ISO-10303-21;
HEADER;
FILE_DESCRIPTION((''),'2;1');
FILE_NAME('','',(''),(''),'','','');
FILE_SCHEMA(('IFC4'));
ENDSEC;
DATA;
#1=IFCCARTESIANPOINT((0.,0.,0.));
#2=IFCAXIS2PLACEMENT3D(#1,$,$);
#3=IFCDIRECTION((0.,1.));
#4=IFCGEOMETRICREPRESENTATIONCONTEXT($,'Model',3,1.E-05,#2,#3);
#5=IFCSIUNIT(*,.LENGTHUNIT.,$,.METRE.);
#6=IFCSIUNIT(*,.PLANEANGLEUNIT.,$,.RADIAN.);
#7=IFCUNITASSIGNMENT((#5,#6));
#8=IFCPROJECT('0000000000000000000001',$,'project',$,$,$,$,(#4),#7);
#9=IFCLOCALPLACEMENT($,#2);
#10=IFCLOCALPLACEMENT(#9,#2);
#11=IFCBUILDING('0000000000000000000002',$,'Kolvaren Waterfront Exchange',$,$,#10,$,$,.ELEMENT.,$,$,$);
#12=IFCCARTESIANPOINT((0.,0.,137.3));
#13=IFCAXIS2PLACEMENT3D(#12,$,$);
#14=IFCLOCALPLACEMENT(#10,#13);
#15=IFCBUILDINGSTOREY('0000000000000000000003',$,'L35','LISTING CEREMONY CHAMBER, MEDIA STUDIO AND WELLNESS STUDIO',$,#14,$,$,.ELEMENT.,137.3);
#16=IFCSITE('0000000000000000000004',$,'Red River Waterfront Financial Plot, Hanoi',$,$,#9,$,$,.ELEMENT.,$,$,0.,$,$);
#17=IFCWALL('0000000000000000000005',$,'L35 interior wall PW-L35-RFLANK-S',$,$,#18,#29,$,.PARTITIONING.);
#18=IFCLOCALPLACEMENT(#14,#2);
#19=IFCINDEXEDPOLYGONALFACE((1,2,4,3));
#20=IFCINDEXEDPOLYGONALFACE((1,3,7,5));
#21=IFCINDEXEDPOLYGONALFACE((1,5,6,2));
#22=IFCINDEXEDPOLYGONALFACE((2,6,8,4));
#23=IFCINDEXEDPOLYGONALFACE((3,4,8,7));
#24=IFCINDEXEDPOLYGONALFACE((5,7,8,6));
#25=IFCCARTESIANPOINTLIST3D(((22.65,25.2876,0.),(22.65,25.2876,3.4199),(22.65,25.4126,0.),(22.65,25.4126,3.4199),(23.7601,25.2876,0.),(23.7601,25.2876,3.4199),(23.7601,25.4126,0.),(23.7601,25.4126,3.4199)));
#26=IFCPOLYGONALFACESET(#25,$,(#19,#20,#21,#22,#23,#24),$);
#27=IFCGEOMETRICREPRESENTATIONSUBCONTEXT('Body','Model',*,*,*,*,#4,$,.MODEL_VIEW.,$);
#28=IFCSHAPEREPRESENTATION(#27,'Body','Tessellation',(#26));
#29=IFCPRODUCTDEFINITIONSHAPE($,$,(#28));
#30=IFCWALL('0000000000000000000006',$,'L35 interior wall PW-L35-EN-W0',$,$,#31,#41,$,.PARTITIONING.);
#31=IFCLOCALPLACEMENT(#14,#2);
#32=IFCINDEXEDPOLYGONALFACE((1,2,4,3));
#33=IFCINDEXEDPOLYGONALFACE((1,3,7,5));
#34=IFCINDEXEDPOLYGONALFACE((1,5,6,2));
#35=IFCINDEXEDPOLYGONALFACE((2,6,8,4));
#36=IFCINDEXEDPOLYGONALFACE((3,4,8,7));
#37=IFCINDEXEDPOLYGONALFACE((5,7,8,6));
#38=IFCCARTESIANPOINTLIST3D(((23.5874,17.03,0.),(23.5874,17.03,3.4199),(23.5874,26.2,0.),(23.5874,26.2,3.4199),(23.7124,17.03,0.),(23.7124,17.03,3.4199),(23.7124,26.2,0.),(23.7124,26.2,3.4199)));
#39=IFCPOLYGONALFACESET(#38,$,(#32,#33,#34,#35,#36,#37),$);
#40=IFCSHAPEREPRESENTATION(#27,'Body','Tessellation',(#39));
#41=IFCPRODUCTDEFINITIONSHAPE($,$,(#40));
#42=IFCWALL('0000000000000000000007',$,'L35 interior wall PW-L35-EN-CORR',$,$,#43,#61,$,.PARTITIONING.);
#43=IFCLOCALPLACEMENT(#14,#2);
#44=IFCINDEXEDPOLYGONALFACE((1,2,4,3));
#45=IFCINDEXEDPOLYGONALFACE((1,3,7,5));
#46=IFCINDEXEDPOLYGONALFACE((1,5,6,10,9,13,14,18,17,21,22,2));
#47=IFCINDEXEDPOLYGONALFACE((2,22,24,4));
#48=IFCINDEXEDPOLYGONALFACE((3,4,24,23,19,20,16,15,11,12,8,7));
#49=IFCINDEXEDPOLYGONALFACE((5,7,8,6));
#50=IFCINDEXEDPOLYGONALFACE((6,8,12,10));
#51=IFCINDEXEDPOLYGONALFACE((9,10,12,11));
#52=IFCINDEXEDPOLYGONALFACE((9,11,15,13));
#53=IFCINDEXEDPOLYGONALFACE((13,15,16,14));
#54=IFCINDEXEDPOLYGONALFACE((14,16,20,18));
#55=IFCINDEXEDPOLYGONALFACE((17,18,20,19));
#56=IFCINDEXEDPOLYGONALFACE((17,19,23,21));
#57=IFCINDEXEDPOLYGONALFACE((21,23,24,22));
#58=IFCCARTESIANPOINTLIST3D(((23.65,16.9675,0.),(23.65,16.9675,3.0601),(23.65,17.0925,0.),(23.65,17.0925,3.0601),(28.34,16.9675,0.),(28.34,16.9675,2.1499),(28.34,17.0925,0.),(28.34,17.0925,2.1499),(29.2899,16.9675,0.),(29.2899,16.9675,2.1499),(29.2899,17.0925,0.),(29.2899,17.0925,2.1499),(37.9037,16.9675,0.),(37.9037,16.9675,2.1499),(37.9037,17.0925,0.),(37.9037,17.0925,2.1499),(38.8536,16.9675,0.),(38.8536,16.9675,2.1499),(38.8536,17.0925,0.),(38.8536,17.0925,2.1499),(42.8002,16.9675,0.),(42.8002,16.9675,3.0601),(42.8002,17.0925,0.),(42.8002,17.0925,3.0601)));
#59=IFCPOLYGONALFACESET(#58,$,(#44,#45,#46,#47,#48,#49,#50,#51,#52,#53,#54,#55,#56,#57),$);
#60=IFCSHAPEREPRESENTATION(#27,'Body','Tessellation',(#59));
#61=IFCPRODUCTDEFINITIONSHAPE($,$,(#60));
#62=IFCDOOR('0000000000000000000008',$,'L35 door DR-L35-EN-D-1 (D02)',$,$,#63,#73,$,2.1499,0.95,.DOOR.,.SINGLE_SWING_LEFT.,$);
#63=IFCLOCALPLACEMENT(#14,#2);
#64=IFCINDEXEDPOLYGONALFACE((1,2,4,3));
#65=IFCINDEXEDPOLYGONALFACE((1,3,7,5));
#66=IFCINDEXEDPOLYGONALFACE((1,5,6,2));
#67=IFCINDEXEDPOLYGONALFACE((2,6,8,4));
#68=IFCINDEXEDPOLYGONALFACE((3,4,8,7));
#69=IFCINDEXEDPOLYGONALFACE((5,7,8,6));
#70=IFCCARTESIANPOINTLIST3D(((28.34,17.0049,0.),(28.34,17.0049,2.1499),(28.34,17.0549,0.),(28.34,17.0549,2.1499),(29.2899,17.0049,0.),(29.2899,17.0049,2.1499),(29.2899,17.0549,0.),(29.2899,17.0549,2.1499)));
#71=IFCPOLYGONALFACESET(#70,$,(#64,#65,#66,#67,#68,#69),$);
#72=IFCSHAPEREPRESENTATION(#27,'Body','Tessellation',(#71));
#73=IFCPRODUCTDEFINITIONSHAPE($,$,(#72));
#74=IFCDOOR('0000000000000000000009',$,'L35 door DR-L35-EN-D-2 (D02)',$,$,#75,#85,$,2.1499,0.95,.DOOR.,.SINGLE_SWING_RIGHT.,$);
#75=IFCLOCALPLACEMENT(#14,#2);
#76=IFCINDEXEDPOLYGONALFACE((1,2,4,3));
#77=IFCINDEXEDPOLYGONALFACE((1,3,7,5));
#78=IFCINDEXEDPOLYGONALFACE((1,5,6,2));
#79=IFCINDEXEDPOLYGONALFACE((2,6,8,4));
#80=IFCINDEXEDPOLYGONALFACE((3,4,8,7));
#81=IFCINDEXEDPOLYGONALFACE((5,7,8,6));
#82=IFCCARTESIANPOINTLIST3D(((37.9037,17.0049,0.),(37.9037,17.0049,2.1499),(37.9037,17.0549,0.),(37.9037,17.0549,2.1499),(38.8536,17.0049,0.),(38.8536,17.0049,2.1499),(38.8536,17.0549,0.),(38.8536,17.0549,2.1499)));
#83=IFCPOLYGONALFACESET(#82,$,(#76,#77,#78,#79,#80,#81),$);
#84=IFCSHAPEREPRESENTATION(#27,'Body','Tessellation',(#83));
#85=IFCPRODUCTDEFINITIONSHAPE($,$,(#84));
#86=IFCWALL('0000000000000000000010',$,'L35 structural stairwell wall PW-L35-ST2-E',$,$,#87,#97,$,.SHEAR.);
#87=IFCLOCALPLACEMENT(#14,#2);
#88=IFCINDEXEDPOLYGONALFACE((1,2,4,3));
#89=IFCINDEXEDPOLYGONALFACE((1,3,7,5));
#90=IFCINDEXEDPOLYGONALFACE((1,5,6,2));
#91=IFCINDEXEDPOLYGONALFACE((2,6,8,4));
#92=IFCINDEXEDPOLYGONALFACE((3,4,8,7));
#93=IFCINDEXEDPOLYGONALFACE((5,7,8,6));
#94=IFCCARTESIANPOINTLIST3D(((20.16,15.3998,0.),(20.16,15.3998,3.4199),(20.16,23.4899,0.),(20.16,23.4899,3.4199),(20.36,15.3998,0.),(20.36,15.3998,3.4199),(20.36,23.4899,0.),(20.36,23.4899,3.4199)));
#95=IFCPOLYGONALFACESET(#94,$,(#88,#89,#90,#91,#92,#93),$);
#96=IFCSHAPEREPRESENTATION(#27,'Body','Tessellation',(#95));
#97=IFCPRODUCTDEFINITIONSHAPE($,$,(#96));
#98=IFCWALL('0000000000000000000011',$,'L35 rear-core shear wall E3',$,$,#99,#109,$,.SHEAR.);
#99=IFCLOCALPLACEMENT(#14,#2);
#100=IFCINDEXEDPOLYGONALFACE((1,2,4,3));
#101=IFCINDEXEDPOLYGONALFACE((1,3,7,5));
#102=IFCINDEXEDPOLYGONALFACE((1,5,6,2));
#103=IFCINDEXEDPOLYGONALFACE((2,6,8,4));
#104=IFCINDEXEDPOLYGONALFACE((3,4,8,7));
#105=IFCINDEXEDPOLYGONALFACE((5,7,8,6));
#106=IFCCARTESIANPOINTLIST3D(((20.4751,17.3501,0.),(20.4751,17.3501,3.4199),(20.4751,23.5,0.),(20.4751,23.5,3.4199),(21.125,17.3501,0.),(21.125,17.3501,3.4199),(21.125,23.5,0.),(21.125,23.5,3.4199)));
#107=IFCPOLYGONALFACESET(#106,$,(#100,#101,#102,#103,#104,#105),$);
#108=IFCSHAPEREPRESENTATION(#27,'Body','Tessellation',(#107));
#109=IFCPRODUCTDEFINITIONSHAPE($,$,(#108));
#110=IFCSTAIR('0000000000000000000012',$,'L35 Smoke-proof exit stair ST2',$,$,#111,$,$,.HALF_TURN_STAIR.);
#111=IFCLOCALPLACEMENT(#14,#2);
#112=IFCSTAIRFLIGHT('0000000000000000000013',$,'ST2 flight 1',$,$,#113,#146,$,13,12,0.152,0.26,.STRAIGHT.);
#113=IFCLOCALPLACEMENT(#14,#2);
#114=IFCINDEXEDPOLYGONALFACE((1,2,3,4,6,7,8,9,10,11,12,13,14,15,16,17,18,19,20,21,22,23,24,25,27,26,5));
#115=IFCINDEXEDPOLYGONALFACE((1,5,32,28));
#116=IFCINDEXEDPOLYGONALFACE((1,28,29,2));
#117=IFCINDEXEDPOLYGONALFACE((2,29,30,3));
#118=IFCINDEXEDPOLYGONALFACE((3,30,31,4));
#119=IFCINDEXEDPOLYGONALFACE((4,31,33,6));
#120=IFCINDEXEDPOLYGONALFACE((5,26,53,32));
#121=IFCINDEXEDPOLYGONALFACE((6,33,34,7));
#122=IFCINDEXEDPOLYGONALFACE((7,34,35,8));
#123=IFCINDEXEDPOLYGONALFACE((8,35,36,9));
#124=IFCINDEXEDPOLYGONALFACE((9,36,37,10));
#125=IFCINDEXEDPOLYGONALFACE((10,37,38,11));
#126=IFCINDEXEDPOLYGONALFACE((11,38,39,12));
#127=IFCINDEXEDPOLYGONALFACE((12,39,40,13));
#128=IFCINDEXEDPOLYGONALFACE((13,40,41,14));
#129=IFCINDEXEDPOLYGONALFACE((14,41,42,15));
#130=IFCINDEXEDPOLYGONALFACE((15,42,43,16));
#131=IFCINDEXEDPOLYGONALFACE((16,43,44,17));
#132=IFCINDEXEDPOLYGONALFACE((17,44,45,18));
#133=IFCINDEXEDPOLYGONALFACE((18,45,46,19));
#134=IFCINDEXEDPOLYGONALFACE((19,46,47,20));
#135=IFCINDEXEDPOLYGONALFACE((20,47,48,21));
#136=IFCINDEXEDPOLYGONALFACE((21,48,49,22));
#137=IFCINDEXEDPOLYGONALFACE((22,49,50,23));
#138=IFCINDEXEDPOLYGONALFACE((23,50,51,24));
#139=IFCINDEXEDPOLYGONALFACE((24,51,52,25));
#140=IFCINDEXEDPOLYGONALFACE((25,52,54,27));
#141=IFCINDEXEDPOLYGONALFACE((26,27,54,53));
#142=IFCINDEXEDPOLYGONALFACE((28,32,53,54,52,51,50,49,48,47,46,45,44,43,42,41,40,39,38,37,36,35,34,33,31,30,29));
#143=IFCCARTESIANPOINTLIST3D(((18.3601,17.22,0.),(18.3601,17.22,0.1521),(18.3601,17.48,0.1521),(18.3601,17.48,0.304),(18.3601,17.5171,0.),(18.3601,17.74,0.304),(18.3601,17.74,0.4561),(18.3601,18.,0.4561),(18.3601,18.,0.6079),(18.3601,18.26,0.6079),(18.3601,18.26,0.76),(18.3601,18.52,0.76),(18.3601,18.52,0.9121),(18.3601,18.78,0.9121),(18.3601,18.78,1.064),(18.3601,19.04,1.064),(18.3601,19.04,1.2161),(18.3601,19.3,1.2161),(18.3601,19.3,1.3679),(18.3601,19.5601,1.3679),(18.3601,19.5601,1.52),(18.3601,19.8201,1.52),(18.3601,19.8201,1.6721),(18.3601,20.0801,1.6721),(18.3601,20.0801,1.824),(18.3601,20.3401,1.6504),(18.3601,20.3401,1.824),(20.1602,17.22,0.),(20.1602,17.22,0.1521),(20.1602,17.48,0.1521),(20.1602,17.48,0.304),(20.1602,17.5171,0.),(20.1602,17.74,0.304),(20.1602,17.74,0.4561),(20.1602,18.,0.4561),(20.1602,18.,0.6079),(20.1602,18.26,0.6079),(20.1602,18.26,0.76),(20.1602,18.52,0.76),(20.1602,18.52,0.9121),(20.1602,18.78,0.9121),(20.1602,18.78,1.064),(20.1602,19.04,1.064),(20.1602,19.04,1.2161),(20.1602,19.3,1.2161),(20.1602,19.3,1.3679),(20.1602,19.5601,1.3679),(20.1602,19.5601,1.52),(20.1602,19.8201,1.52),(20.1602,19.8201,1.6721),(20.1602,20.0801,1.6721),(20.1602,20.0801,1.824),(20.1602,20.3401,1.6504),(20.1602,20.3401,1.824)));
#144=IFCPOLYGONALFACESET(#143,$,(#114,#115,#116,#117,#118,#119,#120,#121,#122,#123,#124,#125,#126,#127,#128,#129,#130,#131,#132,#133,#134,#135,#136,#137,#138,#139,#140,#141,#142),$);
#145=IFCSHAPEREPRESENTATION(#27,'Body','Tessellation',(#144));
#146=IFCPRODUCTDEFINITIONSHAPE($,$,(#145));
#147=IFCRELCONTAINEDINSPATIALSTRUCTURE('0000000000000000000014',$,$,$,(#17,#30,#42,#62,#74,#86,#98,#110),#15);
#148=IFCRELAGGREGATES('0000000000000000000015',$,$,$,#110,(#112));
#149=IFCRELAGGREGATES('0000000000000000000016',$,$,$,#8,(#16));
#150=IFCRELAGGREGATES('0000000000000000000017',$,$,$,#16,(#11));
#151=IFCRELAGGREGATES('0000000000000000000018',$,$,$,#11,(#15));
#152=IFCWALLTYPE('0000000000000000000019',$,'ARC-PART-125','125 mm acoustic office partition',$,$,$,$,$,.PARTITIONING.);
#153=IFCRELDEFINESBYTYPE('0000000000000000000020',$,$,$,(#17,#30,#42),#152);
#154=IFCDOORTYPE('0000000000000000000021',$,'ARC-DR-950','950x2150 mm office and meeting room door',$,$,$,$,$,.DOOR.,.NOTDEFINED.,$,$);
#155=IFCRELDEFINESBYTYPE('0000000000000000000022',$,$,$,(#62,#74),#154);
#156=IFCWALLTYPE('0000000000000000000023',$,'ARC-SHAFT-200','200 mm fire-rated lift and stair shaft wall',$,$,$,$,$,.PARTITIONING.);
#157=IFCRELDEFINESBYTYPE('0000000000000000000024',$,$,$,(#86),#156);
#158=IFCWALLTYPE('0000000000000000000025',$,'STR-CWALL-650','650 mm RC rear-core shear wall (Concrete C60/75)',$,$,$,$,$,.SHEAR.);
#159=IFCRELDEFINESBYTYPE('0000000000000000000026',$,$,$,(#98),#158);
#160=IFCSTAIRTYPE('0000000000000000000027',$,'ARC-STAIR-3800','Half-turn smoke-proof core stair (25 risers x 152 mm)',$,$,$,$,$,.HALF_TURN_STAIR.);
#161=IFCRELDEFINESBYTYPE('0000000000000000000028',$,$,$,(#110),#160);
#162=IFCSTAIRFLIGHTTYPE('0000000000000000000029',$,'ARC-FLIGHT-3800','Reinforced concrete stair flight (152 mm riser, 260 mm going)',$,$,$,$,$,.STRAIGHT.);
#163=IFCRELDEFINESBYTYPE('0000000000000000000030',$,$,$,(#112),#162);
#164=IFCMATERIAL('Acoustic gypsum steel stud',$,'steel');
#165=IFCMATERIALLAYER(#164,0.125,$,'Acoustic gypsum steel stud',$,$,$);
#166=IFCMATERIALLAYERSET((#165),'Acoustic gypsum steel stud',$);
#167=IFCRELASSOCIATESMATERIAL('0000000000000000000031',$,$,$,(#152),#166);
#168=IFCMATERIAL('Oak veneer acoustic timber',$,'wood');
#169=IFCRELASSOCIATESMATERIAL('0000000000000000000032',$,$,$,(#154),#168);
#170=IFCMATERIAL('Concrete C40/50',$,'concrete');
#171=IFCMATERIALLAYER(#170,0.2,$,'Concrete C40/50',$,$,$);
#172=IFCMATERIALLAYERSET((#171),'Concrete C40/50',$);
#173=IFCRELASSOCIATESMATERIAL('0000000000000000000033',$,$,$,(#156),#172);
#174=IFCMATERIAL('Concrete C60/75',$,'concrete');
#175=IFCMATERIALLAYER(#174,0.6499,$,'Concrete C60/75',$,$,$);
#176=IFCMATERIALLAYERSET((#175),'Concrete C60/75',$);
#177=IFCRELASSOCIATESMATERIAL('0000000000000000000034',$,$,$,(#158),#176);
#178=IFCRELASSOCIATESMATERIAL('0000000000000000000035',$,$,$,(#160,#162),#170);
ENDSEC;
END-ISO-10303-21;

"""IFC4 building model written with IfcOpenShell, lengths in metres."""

from ifc_helpers import new_model, si_unit, direction, frame, frame_2d, origin, place, context, subcontext, project, spatial, polyline, rectangle, outline, extrude, material, layer, layer_set, type_object, element, fill, aggregate, save


model = new_model("IFC4")

# Units and contexts
model_context = context("Model", 3, precision=1e-05, world=origin(), true_north=direction((0.0, 1.0)))
body_context = subcontext(model_context, "Body", "Model", "MODEL_VIEW")
ifc_project = project(units=[si_unit("LENGTHUNIT", "METRE"), si_unit("PLANEANGLEUNIT", "RADIAN")], contexts=[model_context])

# Site, building, storey
site_placement = place(None, origin())
site = spatial("IfcSite", under=ifc_project, at=site_placement, Name="Red River Waterfront Financial Plot, Hanoi", CompositionType="ELEMENT", RefElevation=0.0)
building_placement = place(site_placement, origin())
building = spatial("IfcBuilding", under=site, at=building_placement, Name="Kolvaren Waterfront Exchange", CompositionType="ELEMENT")
storey_placement = place(building_placement, frame((0.0, 0.0, 137.3)))
storey = spatial("IfcBuildingStorey", under=building, at=storey_placement, Name="L35", Description="LISTING CEREMONY CHAMBER, MEDIA STUDIO AND WELLNESS STUDIO", CompositionType="ELEMENT", Elevation=137.3)

# Shared definitions
ifc_material_1 = material(Name="Concrete C60/75", Category="concrete")

# Shared definitions
ifc_material_2 = material(Name="Acoustic gypsum steel stud", Category="steel")
ifc_layer_1 = layer(ifc_material_2, 0.125, Name="Acoustic gypsum steel stud")
ifc_layer_set_1 = layer_set([ifc_layer_1], Name="Acoustic gypsum steel stud")
wall_type_1 = type_object("IfcWallType", Name="ARC-PART-125", Description="125 mm acoustic office partition", PredefinedType="PARTITIONING", material=ifc_layer_set_1)
ifc_material_3 = material(Name="Oak veneer acoustic timber", Category="wood")
door_type_1 = type_object("IfcDoorType", Name="ARC-DR-950", Description="950x2150 mm office and meeting room door", OperationType="NOTDEFINED", PredefinedType="DOOR", material=ifc_material_3)

# Walls
wall_1_placement = place(storey_placement, frame((22.6499, 25.3501, 0.0), z_axis=(0.0, 0.0, 1.0), x_axis=(1.0, 0.0, 0.0)))
element("IfcWall", 1, at=wall_1_placement, inside=storey, type_object=wall_type_1, Name="L35 interior wall PW-L35-RFLANK-S", PredefinedType="PARTITIONING", context=body_context, shape_type="SweptSolid", body=[
    extrude(rectangle(XDim=1.1101, YDim=0.125, at=frame_2d((0.5552, 0.0))), origin(), (0.0, 0.0, 1.0), 3.4199),
])
wall_2_placement = place(storey_placement, frame((23.6499, 17.03, 0.0), z_axis=(0.0, 0.0, 1.0), x_axis=(0.0, 1.0, 0.0)))
element("IfcWall", 2, at=wall_2_placement, inside=storey, type_object=wall_type_1, Name="L35 interior wall PW-L35-EN-W0", PredefinedType="PARTITIONING", context=body_context, shape_type="SweptSolid", body=[
    extrude(rectangle(XDim=9.1699, YDim=0.125, at=frame_2d((4.585, 0.0))), origin(), (0.0, 0.0, 1.0), 3.4199),
])

# Wall, openings, doors
wall_3_placement = place(storey_placement, frame((23.6499, 17.03, 0.0), z_axis=(0.0, 0.0, 1.0), x_axis=(1.0, 0.0, 0.0)))
wall_3 = element("IfcWall", 3, at=wall_3_placement, inside=storey, type_object=wall_type_1, Name="L35 interior wall PW-L35-EN-CORR", PredefinedType="PARTITIONING", context=body_context, shape_type="SweptSolid", body=[
    extrude(rectangle(XDim=19.1501, YDim=0.125, at=frame_2d((9.5752, 0.0))), origin(), (0.0, 0.0, 1.0), 3.0601),
])
opening_1_placement = place(wall_3_placement, frame((4.6899, 0.0, 0.0)))
opening_1 = element("IfcOpeningElement", 4, at=opening_1_placement, cuts=wall_3, PredefinedType="OPENING", context=body_context, shape_type="SweptSolid", body=[
    extrude(rectangle(XDim=0.95, YDim=2.1499, at=frame_2d((0.4751, 1.075))), frame((0.0, 0.0725, 0.0), z_axis=(0.0, -1.0, 0.0), x_axis=(1.0, 0.0, 0.0)), (0.0, 0.0, 1.0), 0.145),
])
opening_2_placement = place(wall_3_placement, frame((14.2537, 0.0, 0.0)))
opening_2 = element("IfcOpeningElement", 5, at=opening_2_placement, cuts=wall_3, PredefinedType="OPENING", context=body_context, shape_type="SweptSolid", body=[
    extrude(rectangle(XDim=0.95, YDim=2.1499, at=frame_2d((0.4751, 1.075))), frame((0.0, 0.0725, 0.0), z_axis=(0.0, -1.0, 0.0), x_axis=(1.0, 0.0, 0.0)), (0.0, 0.0, 1.0), 0.145),
])
door_1_placement = place(opening_1_placement, origin())
door_1 = element("IfcDoor", 6, at=door_1_placement, inside=storey, type_object=door_type_1, Name="L35 door DR-L35-EN-D-1 (D02)", OperationType="SINGLE_SWING_LEFT", OverallHeight=2.1499, OverallWidth=0.95, PredefinedType="DOOR", context=body_context, shape_type="SweptSolid", body=[
    extrude(rectangle(XDim=0.95, YDim=2.1499, at=frame_2d((0.4751, 1.075))), frame((0.0, 0.0249, 0.0), z_axis=(0.0, -1.0, 0.0), x_axis=(1.0, 0.0, 0.0)), (0.0, 0.0, 1.0), 0.05),
])
fill(opening_1, door_1)
door_2_placement = place(opening_2_placement, origin())
door_2 = element("IfcDoor", 7, at=door_2_placement, inside=storey, type_object=door_type_1, Name="L35 door DR-L35-EN-D-2 (D02)", OperationType="SINGLE_SWING_RIGHT", OverallHeight=2.1499, OverallWidth=0.95, PredefinedType="DOOR", context=body_context, shape_type="SweptSolid", body=[
    extrude(rectangle(XDim=0.95, YDim=2.1499, at=frame_2d((0.4751, 1.075))), frame((0.0, 0.0249, 0.0), z_axis=(0.0, -1.0, 0.0), x_axis=(1.0, 0.0, 0.0)), (0.0, 0.0, 1.0), 0.05),
])
fill(opening_2, door_2)

# Walls
ifc_material_4 = material(Name="Concrete C40/50", Category="concrete")
ifc_layer_2 = layer(ifc_material_4, 0.2, Name="Concrete C40/50")
ifc_layer_set_2 = layer_set([ifc_layer_2], Name="Concrete C40/50")
wall_type_2 = type_object("IfcWallType", Name="ARC-SHAFT-200", Description="200 mm fire-rated lift and stair shaft wall", PredefinedType="PARTITIONING", material=ifc_layer_set_2)
wall_4_placement = place(storey_placement, frame((20.26, 15.3999, 0.0), z_axis=(0.0, 0.0, 1.0), x_axis=(0.0, 1.0, 0.0)))
element("IfcWall", 8, at=wall_4_placement, inside=storey, type_object=wall_type_2, Name="L35 structural stairwell wall PW-L35-ST2-E", PredefinedType="SHEAR", context=body_context, shape_type="SweptSolid", body=[
    extrude(rectangle(XDim=8.0901, YDim=0.2, at=frame_2d((4.0449, 0.0))), origin(), (0.0, 0.0, 1.0), 3.4199),
])
ifc_layer_3 = layer(ifc_material_1, 0.6499, Name="Concrete C60/75")
ifc_layer_set_3 = layer_set([ifc_layer_3], Name="Concrete C60/75")
wall_type_3 = type_object("IfcWallType", Name="STR-CWALL-650", Description="650 mm RC rear-core shear wall (Concrete C60/75)", PredefinedType="SHEAR", material=ifc_layer_set_3)
wall_5_placement = place(storey_placement, frame((20.8, 17.3501, 0.0), z_axis=(0.0, 0.0, 1.0), x_axis=(0.0, 1.0, 0.0)))
element("IfcWall", 9, at=wall_5_placement, inside=storey, type_object=wall_type_3, Name="L35 rear-core shear wall E3", PredefinedType="SHEAR", context=body_context, shape_type="SweptSolid", body=[
    extrude(rectangle(XDim=6.1499, YDim=0.6499, at=frame_2d((3.075, 0.0))), origin(), (0.0, 0.0, 1.0), 3.4199),
])

# Stair, stair flight
stair_type = type_object("IfcStairType", Name="ARC-STAIR-3800", Description="Half-turn smoke-proof core stair (25 risers x 152 mm)", PredefinedType="HALF_TURN_STAIR", material=ifc_material_4)
stair_placement = place(storey_placement, origin())
stair = element("IfcStair", 10, at=stair_placement, inside=storey, type_object=stair_type, Name="L35 Smoke-proof exit stair ST2", PredefinedType="HALF_TURN_STAIR")
stair_flight_type = type_object("IfcStairFlightType", Name="ARC-FLIGHT-3800", Description="Reinforced concrete stair flight (152 mm riser, 260 mm going)", PredefinedType="STRAIGHT", material=ifc_material_4)
stair_flight_placement = place(storey_placement, frame((19.26, 17.22, 0.0), z_axis=(0.0, 0.0, 1.0), x_axis=(0.0, 1.0, 0.0)))
stair_flight = element("IfcStairFlight", 11, at=stair_flight_placement, type_object=stair_flight_type, Name="ST2 flight 1", NumberOfRisers=13, NumberOfTreads=12, PredefinedType="STRAIGHT", RiserHeight=0.152, TreadLength=0.26, context=body_context, shape_type="SweptSolid", body=[
    extrude(outline(polyline([(0.0, 0.0), (0.0, 0.1521), (0.26, 0.1521), (0.26, 0.304), (0.52, 0.304), (0.52, 0.4561), (0.78, 0.4561), (0.78, 0.6079), (1.04, 0.6079), (1.04, 0.76), (1.3, 0.76), (1.3, 0.9121), (1.5601, 0.9121), (1.5601, 1.064), (1.8201, 1.064), (1.8201, 1.2161), (2.0801, 1.2161), (2.0801, 1.3679), (2.3401, 1.3679), (2.3401, 1.52), (2.6001, 1.52), (2.6001, 1.6721), (2.8601, 1.6721), (2.8601, 1.824), (3.1201, 1.824), (3.1201, 1.9761), (3.1201, 1.6504), (0.2971, 0.0), (0.0, 0.0)])), frame((0.0, 0.8999, 0.0), z_axis=(0.0, -1.0, 0.0), x_axis=(1.0, 0.0, 0.0)), (0.0, 0.0, 1.0), 1.8),
])
aggregate(stair, [stair_flight])

save(model, "model.ifc")
